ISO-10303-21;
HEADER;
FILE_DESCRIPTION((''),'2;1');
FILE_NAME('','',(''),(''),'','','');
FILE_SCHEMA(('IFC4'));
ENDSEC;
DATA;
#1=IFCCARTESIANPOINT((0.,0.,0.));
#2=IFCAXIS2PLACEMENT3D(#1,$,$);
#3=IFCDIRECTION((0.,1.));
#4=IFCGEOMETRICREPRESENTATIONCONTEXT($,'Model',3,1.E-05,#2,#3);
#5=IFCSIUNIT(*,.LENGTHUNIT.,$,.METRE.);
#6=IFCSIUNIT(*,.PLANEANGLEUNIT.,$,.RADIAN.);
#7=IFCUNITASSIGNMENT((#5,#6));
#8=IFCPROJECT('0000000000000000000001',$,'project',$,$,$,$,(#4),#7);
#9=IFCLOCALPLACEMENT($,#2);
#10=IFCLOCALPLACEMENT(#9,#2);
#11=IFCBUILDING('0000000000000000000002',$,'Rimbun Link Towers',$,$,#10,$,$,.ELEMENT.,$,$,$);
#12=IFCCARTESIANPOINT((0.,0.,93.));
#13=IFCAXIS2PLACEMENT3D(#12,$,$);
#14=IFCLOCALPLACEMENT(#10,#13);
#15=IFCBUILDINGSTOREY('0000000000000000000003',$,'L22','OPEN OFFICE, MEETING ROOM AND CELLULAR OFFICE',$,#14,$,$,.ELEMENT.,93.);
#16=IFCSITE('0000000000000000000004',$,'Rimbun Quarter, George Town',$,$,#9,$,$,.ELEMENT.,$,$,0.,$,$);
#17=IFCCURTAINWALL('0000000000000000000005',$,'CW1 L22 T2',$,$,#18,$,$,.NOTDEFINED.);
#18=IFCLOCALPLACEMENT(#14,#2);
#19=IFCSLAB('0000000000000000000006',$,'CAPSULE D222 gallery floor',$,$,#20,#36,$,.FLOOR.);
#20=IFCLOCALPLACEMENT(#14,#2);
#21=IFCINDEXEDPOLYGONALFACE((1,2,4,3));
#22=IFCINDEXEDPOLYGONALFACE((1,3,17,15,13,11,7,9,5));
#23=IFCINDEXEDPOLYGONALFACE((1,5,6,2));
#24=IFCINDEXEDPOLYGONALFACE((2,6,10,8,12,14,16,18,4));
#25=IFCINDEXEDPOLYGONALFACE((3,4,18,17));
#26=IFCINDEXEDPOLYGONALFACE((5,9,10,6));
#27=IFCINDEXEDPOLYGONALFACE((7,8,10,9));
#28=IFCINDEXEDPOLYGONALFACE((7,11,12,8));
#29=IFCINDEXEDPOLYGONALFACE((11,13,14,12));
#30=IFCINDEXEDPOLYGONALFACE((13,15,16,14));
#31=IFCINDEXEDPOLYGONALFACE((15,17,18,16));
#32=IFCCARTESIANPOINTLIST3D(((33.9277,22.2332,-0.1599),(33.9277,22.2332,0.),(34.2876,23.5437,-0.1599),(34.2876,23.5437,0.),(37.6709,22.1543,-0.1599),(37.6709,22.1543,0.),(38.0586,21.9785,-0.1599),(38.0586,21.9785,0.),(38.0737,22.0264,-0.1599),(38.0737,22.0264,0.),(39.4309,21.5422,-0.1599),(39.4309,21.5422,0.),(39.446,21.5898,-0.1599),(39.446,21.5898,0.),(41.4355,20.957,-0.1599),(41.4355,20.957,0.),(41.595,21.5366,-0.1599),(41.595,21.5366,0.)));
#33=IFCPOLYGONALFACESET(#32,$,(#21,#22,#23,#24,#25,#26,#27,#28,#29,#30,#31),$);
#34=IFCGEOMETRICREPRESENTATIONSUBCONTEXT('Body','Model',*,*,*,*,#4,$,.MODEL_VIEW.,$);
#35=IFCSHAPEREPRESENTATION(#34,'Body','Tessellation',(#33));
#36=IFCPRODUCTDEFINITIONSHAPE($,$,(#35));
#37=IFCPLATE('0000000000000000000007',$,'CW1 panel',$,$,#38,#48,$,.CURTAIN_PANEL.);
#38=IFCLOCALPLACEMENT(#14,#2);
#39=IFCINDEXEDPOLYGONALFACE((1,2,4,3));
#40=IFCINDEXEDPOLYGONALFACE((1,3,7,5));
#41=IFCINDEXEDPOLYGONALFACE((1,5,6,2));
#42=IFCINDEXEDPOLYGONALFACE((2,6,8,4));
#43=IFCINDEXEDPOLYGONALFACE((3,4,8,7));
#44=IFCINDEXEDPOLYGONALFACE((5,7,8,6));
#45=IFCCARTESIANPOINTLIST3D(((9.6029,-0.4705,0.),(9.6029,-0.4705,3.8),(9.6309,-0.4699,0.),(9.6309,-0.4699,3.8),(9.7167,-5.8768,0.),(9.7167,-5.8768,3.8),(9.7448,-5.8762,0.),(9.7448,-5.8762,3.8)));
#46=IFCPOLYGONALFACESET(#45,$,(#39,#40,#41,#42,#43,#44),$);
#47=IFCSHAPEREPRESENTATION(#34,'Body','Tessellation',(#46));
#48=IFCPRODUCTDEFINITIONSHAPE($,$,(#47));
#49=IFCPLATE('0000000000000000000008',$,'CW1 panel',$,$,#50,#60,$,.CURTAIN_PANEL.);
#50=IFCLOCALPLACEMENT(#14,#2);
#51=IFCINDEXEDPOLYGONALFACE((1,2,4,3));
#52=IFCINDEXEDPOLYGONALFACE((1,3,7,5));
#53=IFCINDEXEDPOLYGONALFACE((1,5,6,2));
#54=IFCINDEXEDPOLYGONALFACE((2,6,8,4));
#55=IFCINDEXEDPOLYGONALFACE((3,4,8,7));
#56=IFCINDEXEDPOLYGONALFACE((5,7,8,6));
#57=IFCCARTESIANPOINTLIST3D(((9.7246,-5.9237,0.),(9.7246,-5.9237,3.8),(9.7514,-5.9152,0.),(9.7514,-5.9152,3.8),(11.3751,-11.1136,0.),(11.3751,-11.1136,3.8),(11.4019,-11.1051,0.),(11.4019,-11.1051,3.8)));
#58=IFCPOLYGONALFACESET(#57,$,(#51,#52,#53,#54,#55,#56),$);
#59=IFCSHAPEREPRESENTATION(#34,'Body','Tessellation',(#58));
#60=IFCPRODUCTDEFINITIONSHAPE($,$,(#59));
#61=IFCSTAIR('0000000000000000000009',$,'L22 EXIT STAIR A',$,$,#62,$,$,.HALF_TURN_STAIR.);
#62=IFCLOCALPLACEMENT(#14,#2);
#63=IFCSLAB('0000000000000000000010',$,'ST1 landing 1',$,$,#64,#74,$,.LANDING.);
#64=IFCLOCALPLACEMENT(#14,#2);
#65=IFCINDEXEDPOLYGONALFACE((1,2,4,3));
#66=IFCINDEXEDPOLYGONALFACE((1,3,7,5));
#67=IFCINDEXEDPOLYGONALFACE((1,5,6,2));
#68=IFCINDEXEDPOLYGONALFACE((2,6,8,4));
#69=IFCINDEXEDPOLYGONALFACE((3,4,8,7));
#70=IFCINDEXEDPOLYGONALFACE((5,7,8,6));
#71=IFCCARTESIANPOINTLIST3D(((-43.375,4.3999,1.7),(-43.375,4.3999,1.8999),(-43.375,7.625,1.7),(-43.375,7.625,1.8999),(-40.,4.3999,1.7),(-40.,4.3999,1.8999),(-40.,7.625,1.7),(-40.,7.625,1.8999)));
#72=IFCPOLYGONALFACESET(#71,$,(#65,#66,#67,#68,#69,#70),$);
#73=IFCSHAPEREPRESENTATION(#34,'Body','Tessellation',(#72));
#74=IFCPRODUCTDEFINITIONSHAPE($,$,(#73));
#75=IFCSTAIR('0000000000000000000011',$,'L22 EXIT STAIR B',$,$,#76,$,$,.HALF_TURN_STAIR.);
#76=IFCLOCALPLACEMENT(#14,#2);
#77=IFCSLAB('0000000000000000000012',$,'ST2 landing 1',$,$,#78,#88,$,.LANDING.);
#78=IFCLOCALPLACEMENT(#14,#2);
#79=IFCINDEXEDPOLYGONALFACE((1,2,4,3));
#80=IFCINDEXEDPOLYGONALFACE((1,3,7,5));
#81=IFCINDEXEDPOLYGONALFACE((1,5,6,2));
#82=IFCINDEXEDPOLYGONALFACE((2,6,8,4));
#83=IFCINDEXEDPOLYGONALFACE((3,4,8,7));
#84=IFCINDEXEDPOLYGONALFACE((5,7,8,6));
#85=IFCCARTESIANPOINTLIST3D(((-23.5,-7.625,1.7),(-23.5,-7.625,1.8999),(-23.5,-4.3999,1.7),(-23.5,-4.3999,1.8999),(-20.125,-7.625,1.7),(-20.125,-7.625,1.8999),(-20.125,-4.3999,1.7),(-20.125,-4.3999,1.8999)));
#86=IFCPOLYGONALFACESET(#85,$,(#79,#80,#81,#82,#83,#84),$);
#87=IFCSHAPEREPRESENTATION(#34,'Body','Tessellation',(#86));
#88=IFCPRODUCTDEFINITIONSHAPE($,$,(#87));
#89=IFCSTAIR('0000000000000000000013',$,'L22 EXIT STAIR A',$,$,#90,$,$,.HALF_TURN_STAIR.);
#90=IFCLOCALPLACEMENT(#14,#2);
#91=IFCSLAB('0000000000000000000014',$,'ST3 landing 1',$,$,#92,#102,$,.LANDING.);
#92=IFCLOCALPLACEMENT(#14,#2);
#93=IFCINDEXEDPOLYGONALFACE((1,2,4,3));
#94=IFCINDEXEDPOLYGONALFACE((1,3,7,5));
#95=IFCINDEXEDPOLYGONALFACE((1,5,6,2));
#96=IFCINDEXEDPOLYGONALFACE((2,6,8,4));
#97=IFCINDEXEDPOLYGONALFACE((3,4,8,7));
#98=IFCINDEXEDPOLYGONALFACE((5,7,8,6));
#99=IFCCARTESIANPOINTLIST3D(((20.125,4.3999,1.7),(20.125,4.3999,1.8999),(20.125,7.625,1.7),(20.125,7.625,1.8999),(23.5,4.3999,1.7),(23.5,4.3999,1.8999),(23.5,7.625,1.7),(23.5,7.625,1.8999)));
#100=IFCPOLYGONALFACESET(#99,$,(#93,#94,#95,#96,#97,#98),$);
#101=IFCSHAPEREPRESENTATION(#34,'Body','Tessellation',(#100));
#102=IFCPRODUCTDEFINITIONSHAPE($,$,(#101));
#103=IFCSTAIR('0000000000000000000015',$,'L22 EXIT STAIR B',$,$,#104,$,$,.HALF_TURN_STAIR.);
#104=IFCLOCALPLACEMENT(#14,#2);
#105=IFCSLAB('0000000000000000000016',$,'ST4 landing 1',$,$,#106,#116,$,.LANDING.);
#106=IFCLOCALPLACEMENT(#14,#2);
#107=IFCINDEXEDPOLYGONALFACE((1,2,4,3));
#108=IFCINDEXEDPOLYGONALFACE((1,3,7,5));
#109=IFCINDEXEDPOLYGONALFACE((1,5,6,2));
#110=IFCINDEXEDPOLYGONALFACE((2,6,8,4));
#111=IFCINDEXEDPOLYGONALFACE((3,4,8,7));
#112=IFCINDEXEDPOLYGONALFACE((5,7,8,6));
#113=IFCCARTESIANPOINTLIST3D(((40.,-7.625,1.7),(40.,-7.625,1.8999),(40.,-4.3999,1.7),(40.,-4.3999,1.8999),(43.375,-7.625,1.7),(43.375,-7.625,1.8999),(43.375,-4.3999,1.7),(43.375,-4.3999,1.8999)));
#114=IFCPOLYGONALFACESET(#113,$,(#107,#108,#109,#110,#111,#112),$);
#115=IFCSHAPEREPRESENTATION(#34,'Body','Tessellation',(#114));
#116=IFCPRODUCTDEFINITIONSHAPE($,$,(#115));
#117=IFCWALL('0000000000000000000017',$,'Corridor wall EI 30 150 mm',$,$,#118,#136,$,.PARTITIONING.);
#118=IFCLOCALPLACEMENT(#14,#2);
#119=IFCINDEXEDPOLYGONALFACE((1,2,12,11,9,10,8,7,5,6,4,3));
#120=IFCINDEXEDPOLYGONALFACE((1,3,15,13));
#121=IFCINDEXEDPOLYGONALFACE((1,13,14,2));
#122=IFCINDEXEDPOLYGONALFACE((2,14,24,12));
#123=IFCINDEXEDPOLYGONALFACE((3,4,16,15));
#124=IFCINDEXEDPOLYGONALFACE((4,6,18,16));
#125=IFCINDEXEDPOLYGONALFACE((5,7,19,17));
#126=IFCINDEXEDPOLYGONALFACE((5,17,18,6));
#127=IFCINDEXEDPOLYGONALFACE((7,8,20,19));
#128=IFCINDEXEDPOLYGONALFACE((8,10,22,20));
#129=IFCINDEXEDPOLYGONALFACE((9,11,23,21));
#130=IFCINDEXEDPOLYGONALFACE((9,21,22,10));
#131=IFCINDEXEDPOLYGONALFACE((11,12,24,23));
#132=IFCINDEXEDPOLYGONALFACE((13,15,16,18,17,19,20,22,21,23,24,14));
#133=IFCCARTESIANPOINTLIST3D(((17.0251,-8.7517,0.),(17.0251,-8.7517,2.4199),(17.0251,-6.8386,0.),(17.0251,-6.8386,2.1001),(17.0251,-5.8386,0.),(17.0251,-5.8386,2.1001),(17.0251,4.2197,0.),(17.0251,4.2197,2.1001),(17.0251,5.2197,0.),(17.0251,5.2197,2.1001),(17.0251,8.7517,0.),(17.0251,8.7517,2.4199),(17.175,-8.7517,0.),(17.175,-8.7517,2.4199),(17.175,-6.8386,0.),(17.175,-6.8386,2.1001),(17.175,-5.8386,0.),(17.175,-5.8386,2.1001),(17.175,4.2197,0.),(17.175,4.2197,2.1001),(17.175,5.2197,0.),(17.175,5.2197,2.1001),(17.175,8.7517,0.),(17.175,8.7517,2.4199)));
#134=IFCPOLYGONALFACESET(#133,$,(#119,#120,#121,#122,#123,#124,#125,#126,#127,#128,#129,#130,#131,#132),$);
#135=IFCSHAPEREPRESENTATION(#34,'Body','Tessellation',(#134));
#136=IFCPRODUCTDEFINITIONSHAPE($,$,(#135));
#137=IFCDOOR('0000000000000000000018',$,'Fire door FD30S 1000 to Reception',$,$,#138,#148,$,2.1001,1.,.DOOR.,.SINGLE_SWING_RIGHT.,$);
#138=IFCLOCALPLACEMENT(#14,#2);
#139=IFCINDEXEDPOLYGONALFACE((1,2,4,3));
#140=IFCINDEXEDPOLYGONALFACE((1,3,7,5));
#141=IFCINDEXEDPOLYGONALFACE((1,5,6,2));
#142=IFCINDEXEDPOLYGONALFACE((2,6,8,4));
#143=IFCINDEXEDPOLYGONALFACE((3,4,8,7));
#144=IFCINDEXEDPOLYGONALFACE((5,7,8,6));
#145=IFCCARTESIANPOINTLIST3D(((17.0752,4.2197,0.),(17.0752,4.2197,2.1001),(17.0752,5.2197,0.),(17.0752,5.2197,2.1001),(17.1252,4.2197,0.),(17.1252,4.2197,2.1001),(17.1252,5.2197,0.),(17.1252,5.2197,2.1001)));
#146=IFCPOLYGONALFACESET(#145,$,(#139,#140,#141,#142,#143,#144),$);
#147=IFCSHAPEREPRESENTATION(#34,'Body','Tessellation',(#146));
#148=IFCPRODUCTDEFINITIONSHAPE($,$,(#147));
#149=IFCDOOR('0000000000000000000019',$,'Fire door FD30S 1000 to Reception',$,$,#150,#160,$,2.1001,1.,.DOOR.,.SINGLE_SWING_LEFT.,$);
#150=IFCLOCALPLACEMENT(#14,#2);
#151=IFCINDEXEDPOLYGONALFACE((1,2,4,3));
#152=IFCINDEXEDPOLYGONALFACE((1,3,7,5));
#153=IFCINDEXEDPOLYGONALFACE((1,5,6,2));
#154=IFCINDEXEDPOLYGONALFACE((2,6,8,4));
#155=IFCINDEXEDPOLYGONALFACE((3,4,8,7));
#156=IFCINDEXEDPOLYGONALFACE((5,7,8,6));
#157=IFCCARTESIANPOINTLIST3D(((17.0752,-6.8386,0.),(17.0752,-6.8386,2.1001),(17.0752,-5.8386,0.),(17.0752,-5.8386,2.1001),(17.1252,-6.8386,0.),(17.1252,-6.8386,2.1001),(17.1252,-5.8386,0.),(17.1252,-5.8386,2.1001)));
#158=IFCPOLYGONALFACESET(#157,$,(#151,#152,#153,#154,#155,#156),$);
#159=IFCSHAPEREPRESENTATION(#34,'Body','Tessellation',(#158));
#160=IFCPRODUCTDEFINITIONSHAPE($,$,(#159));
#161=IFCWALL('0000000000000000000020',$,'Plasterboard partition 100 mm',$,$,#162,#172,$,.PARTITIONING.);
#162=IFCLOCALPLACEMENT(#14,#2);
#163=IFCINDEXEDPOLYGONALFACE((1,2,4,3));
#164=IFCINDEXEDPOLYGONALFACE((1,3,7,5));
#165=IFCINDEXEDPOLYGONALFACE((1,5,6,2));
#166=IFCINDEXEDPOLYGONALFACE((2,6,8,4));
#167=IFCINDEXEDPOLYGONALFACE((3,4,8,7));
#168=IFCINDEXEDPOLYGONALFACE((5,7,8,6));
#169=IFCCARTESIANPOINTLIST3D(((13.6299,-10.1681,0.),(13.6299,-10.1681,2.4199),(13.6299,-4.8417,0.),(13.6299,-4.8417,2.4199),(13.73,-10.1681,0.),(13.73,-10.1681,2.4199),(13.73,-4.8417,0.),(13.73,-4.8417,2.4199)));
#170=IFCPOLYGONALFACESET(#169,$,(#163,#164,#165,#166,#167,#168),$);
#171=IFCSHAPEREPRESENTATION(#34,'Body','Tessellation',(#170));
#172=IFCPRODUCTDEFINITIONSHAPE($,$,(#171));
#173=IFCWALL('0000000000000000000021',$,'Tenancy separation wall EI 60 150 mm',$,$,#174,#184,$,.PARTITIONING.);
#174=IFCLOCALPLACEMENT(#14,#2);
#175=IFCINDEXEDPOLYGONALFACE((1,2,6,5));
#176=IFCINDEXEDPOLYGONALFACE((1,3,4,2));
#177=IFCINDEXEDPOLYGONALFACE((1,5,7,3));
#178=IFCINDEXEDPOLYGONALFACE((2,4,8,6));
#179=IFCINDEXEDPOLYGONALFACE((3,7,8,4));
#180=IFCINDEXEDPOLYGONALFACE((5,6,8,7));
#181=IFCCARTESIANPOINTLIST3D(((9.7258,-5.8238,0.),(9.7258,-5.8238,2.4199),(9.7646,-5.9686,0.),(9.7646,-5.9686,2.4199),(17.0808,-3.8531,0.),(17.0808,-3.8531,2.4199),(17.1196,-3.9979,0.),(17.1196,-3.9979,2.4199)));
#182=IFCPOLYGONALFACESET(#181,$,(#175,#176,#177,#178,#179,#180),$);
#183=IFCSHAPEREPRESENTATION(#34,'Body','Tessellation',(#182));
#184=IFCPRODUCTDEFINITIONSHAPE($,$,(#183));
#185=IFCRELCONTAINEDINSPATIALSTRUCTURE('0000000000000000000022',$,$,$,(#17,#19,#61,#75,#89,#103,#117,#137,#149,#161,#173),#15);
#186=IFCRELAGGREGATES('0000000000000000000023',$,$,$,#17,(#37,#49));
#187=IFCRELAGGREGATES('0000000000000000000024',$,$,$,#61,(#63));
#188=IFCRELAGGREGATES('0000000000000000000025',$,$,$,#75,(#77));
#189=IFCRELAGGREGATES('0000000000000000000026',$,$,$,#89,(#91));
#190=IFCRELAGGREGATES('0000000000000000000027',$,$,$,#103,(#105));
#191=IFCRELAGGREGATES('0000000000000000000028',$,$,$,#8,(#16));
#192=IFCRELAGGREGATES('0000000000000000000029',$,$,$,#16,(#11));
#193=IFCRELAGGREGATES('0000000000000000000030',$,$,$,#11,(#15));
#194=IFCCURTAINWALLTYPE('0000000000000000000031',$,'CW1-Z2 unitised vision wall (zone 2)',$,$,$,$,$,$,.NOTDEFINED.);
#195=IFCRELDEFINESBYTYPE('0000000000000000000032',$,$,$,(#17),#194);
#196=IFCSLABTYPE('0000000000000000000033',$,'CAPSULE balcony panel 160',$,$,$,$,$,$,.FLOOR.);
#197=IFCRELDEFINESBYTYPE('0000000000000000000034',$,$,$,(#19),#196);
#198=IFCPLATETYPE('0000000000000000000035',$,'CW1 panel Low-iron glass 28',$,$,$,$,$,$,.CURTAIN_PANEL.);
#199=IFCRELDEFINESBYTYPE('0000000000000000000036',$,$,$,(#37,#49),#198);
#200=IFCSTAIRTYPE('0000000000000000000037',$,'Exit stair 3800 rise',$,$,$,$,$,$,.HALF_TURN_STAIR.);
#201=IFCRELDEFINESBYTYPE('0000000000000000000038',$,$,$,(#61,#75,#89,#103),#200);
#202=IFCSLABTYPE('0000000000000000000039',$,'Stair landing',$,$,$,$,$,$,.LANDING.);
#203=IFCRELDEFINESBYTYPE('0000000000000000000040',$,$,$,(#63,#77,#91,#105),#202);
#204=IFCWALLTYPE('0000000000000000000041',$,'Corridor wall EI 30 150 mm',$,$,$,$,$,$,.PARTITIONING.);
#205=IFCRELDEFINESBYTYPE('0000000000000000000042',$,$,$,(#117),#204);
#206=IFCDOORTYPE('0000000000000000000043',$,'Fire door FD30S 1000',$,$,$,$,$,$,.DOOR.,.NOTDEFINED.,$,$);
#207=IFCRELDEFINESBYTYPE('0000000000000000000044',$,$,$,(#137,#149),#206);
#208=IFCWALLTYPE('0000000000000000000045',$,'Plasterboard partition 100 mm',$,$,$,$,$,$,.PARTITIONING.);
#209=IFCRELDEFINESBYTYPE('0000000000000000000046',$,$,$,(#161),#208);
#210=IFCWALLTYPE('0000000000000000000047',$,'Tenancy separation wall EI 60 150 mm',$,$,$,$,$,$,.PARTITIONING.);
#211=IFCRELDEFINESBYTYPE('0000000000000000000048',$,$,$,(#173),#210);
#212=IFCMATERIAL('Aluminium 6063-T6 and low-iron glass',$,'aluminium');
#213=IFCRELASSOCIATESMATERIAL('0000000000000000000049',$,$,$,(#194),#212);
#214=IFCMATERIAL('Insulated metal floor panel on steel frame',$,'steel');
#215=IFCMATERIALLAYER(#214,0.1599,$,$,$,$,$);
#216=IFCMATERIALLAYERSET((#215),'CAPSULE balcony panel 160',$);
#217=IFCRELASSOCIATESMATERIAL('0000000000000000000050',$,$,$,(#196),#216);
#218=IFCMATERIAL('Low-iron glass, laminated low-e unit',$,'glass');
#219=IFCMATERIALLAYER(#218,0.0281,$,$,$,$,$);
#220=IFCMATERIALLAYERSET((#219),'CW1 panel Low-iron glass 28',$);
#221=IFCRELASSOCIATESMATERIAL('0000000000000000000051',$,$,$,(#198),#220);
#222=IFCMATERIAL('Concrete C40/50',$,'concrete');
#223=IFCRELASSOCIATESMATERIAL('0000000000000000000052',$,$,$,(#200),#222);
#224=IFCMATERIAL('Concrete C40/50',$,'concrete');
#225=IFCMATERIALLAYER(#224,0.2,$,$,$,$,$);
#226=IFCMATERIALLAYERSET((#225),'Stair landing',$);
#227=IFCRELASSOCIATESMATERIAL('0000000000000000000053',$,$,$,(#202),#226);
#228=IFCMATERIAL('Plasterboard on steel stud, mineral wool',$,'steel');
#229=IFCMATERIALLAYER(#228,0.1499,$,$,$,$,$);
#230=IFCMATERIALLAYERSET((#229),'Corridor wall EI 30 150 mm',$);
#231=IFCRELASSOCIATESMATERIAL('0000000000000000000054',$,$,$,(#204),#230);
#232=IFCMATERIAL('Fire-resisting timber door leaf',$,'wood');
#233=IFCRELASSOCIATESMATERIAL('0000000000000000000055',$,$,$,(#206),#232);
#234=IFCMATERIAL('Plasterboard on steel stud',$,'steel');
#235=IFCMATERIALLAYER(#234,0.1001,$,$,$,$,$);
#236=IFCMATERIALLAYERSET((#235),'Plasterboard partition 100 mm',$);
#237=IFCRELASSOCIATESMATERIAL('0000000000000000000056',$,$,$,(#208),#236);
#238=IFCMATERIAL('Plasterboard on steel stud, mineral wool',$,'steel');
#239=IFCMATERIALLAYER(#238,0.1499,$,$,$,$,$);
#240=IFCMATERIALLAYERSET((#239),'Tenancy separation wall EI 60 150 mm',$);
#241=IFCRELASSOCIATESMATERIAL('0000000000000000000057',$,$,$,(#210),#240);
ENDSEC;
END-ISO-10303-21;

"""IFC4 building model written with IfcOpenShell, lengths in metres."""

from ifc_helpers import new_model, si_unit, direction, frame, frame_2d, origin, origin_2d, place, context, subcontext, project, spatial, polyline, rectangle, outline, extrude, material, layer, layer_set, type_object, element, fill, aggregate, save


model = new_model("IFC4")

# Units and contexts
model_context = context("Model", 3, precision=1e-05, world=origin(), true_north=direction((0.0, 1.0)))
body_context = subcontext(model_context, "Body", "Model", "MODEL_VIEW")
ifc_project = project(units=[si_unit("LENGTHUNIT", "METRE"), si_unit("PLANEANGLEUNIT", "RADIAN")], contexts=[model_context])

# Site, building, storey
site_placement = place(None, origin())
site = spatial("IfcSite", under=ifc_project, at=site_placement, Name="Rimbun Quarter, George Town", CompositionType="ELEMENT", RefElevation=0.0)
building_placement = place(site_placement, origin())
building = spatial("IfcBuilding", under=site, at=building_placement, Name="Rimbun Link Towers", CompositionType="ELEMENT")
storey_placement = place(building_placement, frame((0.0, 0.0, 93.0)))
storey = spatial("IfcBuildingStorey", under=building, at=storey_placement, Name="L22", Description="OPEN OFFICE, MEETING ROOM AND CELLULAR OFFICE", CompositionType="ELEMENT", Elevation=93.0)

# Curtain wall
ifc_material_1 = material(Name="Aluminium 6063-T6 and low-iron glass", Category="aluminium")
curtain_wall_type = type_object("IfcCurtainWallType", Name="CW1-Z2 unitised vision wall (zone 2)", PredefinedType="NOTDEFINED", material=ifc_material_1)
curtain_wall_placement = place(storey_placement, origin())
curtain_wall = element("IfcCurtainWall", 1, at=curtain_wall_placement, inside=storey, type_object=curtain_wall_type, Name="CW1 L22 T2", PredefinedType="NOTDEFINED")

# Slab
ifc_material_2 = material(Name="Insulated metal floor panel on steel frame", Category="steel")
ifc_layer_1 = layer(ifc_material_2, 0.1599)
ifc_layer_set_1 = layer_set([ifc_layer_1], Name="CAPSULE balcony panel 160")
slab_type_1 = type_object("IfcSlabType", Name="CAPSULE balcony panel 160", PredefinedType="FLOOR", material=ifc_layer_set_1)
slab_1_placement = place(storey_placement, frame((0.0, 0.0, -0.1599)))
element("IfcSlab", 2, at=slab_1_placement, inside=storey, type_object=slab_type_1, Name="CAPSULE D222 gallery floor", PredefinedType="FLOOR", context=body_context, shape_type="SweptSolid", body=[
    extrude(outline(polyline([(38.0737, 22.0264), (38.0586, 21.9785), (39.4309, 21.5422), (39.446, 21.5898), (41.4355, 20.957), (41.595, 21.5366), (34.2876, 23.5437), (33.9277, 22.2332), (37.6709, 22.1543), (38.0737, 22.0264)])), origin(), (0.0, 0.0, 1.0), 0.1599),
])

# Plates
ifc_material_3 = material(Name="Low-iron glass, laminated low-e unit", Category="glass")
ifc_layer_2 = layer(ifc_material_3, 0.0281)
ifc_layer_set_2 = layer_set([ifc_layer_2], Name="CW1 panel Low-iron glass 28")
plate_type = type_object("IfcPlateType", Name="CW1 panel Low-iron glass 28", PredefinedType="CURTAIN_PANEL", material=ifc_layer_set_2)
plate_1_placement = place(storey_placement, frame((9.6738, -3.1733, 0.0), z_axis=(0.0, 0.0, 1.0), x_axis=(-0.02106, 0.999778, 0.0)))
plate_1 = element("IfcPlate", 3, at=plate_1_placement, type_object=plate_type, Name="CW1 panel", PredefinedType="CURTAIN_PANEL", context=body_context, shape_type="SweptSolid", body=[
    extrude(rectangle(XDim=5.4075, YDim=0.0281, at=origin_2d()), origin(), (0.0, 0.0, 1.0), 3.8),
])
plate_2_placement = place(storey_placement, frame((10.5632, -8.5144, 0.0), z_axis=(0.0, 0.0, 1.0), x_axis=(-0.303066, 0.95297, 0.0)))
plate_2 = element("IfcPlate", 4, at=plate_2_placement, type_object=plate_type, Name="CW1 panel", PredefinedType="CURTAIN_PANEL", context=body_context, shape_type="SweptSolid", body=[
    extrude(rectangle(XDim=5.446, YDim=0.0281, at=origin_2d()), origin(), (0.0, 0.0, 1.0), 3.8),
])
aggregate(curtain_wall, [plate_1, plate_2])

# Stairs, slabs
ifc_material_4 = material(Name="Concrete C40/50", Category="concrete")
stair_type = type_object("IfcStairType", Name="Exit stair 3800 rise", PredefinedType="HALF_TURN_STAIR", material=ifc_material_4)
stair_1_placement = place(storey_placement, origin())
stair_1 = element("IfcStair", 5, at=stair_1_placement, inside=storey, type_object=stair_type, Name="L22 EXIT STAIR A", PredefinedType="HALF_TURN_STAIR")
ifc_material_5 = material(Name="Concrete C40/50", Category="concrete")
ifc_layer_3 = layer(ifc_material_5, 0.2)
ifc_layer_set_3 = layer_set([ifc_layer_3], Name="Stair landing")
slab_type_2 = type_object("IfcSlabType", Name="Stair landing", PredefinedType="LANDING", material=ifc_layer_set_3)
slab_2_placement = place(storey_placement, frame((0.0, 0.0, 1.7)))
slab_2 = element("IfcSlab", 6, at=slab_2_placement, type_object=slab_type_2, Name="ST1 landing 1", PredefinedType="LANDING", context=body_context, shape_type="SweptSolid", body=[
    extrude(outline(polyline([(-40.0, 7.625), (-43.375, 7.625), (-43.375, 4.3999), (-40.0, 4.3999), (-40.0, 7.625)])), origin(), (0.0, 0.0, 1.0), 0.2),
])
aggregate(stair_1, [slab_2])
stair_2_placement = place(storey_placement, origin())
stair_2 = element("IfcStair", 7, at=stair_2_placement, inside=storey, type_object=stair_type, Name="L22 EXIT STAIR B", PredefinedType="HALF_TURN_STAIR")
slab_3_placement = place(storey_placement, frame((0.0, 0.0, 1.7)))
slab_3 = element("IfcSlab", 8, at=slab_3_placement, type_object=slab_type_2, Name="ST2 landing 1", PredefinedType="LANDING", context=body_context, shape_type="SweptSolid", body=[
    extrude(outline(polyline([(-23.5, -7.625), (-20.125, -7.625), (-20.125, -4.3999), (-23.5, -4.3999), (-23.5, -7.625)])), origin(), (0.0, 0.0, 1.0), 0.2),
])
aggregate(stair_2, [slab_3])
stair_3_placement = place(storey_placement, origin())
stair_3 = element("IfcStair", 9, at=stair_3_placement, inside=storey, type_object=stair_type, Name="L22 EXIT STAIR A", PredefinedType="HALF_TURN_STAIR")
slab_4_placement = place(storey_placement, frame((0.0, 0.0, 1.7)))
slab_4 = element("IfcSlab", 10, at=slab_4_placement, type_object=slab_type_2, Name="ST3 landing 1", PredefinedType="LANDING", context=body_context, shape_type="SweptSolid", body=[
    extrude(outline(polyline([(23.5, 7.625), (20.125, 7.625), (20.125, 4.3999), (23.5, 4.3999), (23.5, 7.625)])), origin(), (0.0, 0.0, 1.0), 0.2),
])
aggregate(stair_3, [slab_4])
stair_4_placement = place(storey_placement, origin())
stair_4 = element("IfcStair", 11, at=stair_4_placement, inside=storey, type_object=stair_type, Name="L22 EXIT STAIR B", PredefinedType="HALF_TURN_STAIR")
slab_5_placement = place(storey_placement, frame((0.0, 0.0, 1.7)))
slab_5 = element("IfcSlab", 12, at=slab_5_placement, type_object=slab_type_2, Name="ST4 landing 1", PredefinedType="LANDING", context=body_context, shape_type="SweptSolid", body=[
    extrude(outline(polyline([(40.0, -7.625), (43.375, -7.625), (43.375, -4.3999), (40.0, -4.3999), (40.0, -7.625)])), origin(), (0.0, 0.0, 1.0), 0.2),
])
aggregate(stair_4, [slab_5])

# Wall, openings, doors
ifc_material_6 = material(Name="Plasterboard on steel stud, mineral wool", Category="steel")
ifc_layer_4 = layer(ifc_material_6, 0.1499)
ifc_layer_set_4 = layer_set([ifc_layer_4], Name="Corridor wall EI 30 150 mm")
wall_type_1 = type_object("IfcWallType", Name="Corridor wall EI 30 150 mm", PredefinedType="PARTITIONING", material=ifc_layer_set_4)
wall_1_placement = place(storey_placement, frame((17.1001, -8.7517, 0.0), z_axis=(0.0, 0.0, 1.0), x_axis=(0.0, 1.0, 0.0)))
wall_1 = element("IfcWall", 13, at=wall_1_placement, inside=storey, type_object=wall_type_1, Name="Corridor wall EI 30 150 mm", PredefinedType="PARTITIONING", context=body_context, shape_type="SweptSolid", body=[
    extrude(rectangle(XDim=17.5034, YDim=0.1499, at=frame_2d((8.7517, 0.0))), origin(), (0.0, 0.0, 1.0), 2.4199),
])
opening_1_placement = place(wall_1_placement, frame((12.9714, 0.0, 0.0)))
opening_1 = element("IfcOpeningElement", 14, at=opening_1_placement, cuts=wall_1, PredefinedType="OPENING", context=body_context, shape_type="SweptSolid", body=[
    extrude(rectangle(XDim=1.0, YDim=2.1001, at=frame_2d((0.5, 1.05))), frame((0.0, 0.085, 0.0), z_axis=(0.0, -1.0, 0.0), x_axis=(1.0, 0.0, 0.0)), (0.0, 0.0, 1.0), 0.1699),
])
opening_2_placement = place(wall_1_placement, frame((1.9131, 0.0, 0.0)))
opening_2 = element("IfcOpeningElement", 15, at=opening_2_placement, cuts=wall_1, PredefinedType="OPENING", context=body_context, shape_type="SweptSolid", body=[
    extrude(rectangle(XDim=1.0, YDim=2.1001, at=frame_2d((0.5, 1.05))), frame((0.0, 0.085, 0.0), z_axis=(0.0, -1.0, 0.0), x_axis=(1.0, 0.0, 0.0)), (0.0, 0.0, 1.0), 0.1699),
])
ifc_material_7 = material(Name="Fire-resisting timber door leaf", Category="wood")
door_type = type_object("IfcDoorType", Name="Fire door FD30S 1000", OperationType="NOTDEFINED", PredefinedType="DOOR", material=ifc_material_7)
door_1_placement = place(opening_1_placement, origin())
door_1 = element("IfcDoor", 16, at=door_1_placement, inside=storey, type_object=door_type, Name="Fire door FD30S 1000 to Reception", OperationType="SINGLE_SWING_RIGHT", OverallHeight=2.1001, OverallWidth=1.0, PredefinedType="DOOR", context=body_context, shape_type="SweptSolid", body=[
    extrude(rectangle(XDim=1.0, YDim=2.1001, at=frame_2d((0.5, 1.05))), frame((0.0, 0.0249, 0.0), z_axis=(0.0, -1.0, 0.0), x_axis=(1.0, 0.0, 0.0)), (0.0, 0.0, 1.0), 0.05),
])
fill(opening_1, door_1)
door_2_placement = place(opening_2_placement, origin())
door_2 = element("IfcDoor", 17, at=door_2_placement, inside=storey, type_object=door_type, Name="Fire door FD30S 1000 to Reception", OperationType="SINGLE_SWING_LEFT", OverallHeight=2.1001, OverallWidth=1.0, PredefinedType="DOOR", context=body_context, shape_type="SweptSolid", body=[
    extrude(rectangle(XDim=1.0, YDim=2.1001, at=frame_2d((0.5, 1.05))), frame((0.0, 0.0249, 0.0), z_axis=(0.0, -1.0, 0.0), x_axis=(1.0, 0.0, 0.0)), (0.0, 0.0, 1.0), 0.05),
])
fill(opening_2, door_2)

# Walls
ifc_material_8 = material(Name="Plasterboard on steel stud", Category="steel")
ifc_layer_5 = layer(ifc_material_8, 0.1001)
ifc_layer_set_5 = layer_set([ifc_layer_5], Name="Plasterboard partition 100 mm")
wall_type_2 = type_object("IfcWallType", Name="Plasterboard partition 100 mm", PredefinedType="PARTITIONING", material=ifc_layer_set_5)
wall_2_placement = place(storey_placement, frame((13.6799, -4.8418, 0.0), z_axis=(0.0, 0.0, 1.0), x_axis=(0.0, -1.0, 0.0)))
element("IfcWall", 18, at=wall_2_placement, inside=storey, type_object=wall_type_2, Name="Plasterboard partition 100 mm", PredefinedType="PARTITIONING", context=body_context, shape_type="SweptSolid", body=[
    extrude(rectangle(XDim=5.3264, YDim=0.1001, at=frame_2d((2.6631, 0.0))), origin(), (0.0, 0.0, 1.0), 2.4199),
])
ifc_material_9 = material(Name="Plasterboard on steel stud, mineral wool", Category="steel")
ifc_layer_6 = layer(ifc_material_9, 0.1499)
ifc_layer_set_6 = layer_set([ifc_layer_6], Name="Tenancy separation wall EI 60 150 mm")
wall_type_3 = type_object("IfcWallType", Name="Tenancy separation wall EI 60 150 mm", PredefinedType="PARTITIONING", material=ifc_layer_set_6)
wall_3_placement = place(storey_placement, frame((17.1001, -3.9255, 0.0), z_axis=(0.0, 0.0, 1.0), x_axis=(-0.965928, -0.258812, 0.0)))
element("IfcWall", 19, at=wall_3_placement, inside=storey, type_object=wall_type_3, Name="Tenancy separation wall EI 60 150 mm", PredefinedType="PARTITIONING", context=body_context, shape_type="SweptSolid", body=[
    extrude(rectangle(XDim=7.6145, YDim=0.1499, at=frame_2d((3.8071, 0.0))), origin(), (0.0, 0.0, 1.0), 2.4199),
])

save(model, "model.ifc")
